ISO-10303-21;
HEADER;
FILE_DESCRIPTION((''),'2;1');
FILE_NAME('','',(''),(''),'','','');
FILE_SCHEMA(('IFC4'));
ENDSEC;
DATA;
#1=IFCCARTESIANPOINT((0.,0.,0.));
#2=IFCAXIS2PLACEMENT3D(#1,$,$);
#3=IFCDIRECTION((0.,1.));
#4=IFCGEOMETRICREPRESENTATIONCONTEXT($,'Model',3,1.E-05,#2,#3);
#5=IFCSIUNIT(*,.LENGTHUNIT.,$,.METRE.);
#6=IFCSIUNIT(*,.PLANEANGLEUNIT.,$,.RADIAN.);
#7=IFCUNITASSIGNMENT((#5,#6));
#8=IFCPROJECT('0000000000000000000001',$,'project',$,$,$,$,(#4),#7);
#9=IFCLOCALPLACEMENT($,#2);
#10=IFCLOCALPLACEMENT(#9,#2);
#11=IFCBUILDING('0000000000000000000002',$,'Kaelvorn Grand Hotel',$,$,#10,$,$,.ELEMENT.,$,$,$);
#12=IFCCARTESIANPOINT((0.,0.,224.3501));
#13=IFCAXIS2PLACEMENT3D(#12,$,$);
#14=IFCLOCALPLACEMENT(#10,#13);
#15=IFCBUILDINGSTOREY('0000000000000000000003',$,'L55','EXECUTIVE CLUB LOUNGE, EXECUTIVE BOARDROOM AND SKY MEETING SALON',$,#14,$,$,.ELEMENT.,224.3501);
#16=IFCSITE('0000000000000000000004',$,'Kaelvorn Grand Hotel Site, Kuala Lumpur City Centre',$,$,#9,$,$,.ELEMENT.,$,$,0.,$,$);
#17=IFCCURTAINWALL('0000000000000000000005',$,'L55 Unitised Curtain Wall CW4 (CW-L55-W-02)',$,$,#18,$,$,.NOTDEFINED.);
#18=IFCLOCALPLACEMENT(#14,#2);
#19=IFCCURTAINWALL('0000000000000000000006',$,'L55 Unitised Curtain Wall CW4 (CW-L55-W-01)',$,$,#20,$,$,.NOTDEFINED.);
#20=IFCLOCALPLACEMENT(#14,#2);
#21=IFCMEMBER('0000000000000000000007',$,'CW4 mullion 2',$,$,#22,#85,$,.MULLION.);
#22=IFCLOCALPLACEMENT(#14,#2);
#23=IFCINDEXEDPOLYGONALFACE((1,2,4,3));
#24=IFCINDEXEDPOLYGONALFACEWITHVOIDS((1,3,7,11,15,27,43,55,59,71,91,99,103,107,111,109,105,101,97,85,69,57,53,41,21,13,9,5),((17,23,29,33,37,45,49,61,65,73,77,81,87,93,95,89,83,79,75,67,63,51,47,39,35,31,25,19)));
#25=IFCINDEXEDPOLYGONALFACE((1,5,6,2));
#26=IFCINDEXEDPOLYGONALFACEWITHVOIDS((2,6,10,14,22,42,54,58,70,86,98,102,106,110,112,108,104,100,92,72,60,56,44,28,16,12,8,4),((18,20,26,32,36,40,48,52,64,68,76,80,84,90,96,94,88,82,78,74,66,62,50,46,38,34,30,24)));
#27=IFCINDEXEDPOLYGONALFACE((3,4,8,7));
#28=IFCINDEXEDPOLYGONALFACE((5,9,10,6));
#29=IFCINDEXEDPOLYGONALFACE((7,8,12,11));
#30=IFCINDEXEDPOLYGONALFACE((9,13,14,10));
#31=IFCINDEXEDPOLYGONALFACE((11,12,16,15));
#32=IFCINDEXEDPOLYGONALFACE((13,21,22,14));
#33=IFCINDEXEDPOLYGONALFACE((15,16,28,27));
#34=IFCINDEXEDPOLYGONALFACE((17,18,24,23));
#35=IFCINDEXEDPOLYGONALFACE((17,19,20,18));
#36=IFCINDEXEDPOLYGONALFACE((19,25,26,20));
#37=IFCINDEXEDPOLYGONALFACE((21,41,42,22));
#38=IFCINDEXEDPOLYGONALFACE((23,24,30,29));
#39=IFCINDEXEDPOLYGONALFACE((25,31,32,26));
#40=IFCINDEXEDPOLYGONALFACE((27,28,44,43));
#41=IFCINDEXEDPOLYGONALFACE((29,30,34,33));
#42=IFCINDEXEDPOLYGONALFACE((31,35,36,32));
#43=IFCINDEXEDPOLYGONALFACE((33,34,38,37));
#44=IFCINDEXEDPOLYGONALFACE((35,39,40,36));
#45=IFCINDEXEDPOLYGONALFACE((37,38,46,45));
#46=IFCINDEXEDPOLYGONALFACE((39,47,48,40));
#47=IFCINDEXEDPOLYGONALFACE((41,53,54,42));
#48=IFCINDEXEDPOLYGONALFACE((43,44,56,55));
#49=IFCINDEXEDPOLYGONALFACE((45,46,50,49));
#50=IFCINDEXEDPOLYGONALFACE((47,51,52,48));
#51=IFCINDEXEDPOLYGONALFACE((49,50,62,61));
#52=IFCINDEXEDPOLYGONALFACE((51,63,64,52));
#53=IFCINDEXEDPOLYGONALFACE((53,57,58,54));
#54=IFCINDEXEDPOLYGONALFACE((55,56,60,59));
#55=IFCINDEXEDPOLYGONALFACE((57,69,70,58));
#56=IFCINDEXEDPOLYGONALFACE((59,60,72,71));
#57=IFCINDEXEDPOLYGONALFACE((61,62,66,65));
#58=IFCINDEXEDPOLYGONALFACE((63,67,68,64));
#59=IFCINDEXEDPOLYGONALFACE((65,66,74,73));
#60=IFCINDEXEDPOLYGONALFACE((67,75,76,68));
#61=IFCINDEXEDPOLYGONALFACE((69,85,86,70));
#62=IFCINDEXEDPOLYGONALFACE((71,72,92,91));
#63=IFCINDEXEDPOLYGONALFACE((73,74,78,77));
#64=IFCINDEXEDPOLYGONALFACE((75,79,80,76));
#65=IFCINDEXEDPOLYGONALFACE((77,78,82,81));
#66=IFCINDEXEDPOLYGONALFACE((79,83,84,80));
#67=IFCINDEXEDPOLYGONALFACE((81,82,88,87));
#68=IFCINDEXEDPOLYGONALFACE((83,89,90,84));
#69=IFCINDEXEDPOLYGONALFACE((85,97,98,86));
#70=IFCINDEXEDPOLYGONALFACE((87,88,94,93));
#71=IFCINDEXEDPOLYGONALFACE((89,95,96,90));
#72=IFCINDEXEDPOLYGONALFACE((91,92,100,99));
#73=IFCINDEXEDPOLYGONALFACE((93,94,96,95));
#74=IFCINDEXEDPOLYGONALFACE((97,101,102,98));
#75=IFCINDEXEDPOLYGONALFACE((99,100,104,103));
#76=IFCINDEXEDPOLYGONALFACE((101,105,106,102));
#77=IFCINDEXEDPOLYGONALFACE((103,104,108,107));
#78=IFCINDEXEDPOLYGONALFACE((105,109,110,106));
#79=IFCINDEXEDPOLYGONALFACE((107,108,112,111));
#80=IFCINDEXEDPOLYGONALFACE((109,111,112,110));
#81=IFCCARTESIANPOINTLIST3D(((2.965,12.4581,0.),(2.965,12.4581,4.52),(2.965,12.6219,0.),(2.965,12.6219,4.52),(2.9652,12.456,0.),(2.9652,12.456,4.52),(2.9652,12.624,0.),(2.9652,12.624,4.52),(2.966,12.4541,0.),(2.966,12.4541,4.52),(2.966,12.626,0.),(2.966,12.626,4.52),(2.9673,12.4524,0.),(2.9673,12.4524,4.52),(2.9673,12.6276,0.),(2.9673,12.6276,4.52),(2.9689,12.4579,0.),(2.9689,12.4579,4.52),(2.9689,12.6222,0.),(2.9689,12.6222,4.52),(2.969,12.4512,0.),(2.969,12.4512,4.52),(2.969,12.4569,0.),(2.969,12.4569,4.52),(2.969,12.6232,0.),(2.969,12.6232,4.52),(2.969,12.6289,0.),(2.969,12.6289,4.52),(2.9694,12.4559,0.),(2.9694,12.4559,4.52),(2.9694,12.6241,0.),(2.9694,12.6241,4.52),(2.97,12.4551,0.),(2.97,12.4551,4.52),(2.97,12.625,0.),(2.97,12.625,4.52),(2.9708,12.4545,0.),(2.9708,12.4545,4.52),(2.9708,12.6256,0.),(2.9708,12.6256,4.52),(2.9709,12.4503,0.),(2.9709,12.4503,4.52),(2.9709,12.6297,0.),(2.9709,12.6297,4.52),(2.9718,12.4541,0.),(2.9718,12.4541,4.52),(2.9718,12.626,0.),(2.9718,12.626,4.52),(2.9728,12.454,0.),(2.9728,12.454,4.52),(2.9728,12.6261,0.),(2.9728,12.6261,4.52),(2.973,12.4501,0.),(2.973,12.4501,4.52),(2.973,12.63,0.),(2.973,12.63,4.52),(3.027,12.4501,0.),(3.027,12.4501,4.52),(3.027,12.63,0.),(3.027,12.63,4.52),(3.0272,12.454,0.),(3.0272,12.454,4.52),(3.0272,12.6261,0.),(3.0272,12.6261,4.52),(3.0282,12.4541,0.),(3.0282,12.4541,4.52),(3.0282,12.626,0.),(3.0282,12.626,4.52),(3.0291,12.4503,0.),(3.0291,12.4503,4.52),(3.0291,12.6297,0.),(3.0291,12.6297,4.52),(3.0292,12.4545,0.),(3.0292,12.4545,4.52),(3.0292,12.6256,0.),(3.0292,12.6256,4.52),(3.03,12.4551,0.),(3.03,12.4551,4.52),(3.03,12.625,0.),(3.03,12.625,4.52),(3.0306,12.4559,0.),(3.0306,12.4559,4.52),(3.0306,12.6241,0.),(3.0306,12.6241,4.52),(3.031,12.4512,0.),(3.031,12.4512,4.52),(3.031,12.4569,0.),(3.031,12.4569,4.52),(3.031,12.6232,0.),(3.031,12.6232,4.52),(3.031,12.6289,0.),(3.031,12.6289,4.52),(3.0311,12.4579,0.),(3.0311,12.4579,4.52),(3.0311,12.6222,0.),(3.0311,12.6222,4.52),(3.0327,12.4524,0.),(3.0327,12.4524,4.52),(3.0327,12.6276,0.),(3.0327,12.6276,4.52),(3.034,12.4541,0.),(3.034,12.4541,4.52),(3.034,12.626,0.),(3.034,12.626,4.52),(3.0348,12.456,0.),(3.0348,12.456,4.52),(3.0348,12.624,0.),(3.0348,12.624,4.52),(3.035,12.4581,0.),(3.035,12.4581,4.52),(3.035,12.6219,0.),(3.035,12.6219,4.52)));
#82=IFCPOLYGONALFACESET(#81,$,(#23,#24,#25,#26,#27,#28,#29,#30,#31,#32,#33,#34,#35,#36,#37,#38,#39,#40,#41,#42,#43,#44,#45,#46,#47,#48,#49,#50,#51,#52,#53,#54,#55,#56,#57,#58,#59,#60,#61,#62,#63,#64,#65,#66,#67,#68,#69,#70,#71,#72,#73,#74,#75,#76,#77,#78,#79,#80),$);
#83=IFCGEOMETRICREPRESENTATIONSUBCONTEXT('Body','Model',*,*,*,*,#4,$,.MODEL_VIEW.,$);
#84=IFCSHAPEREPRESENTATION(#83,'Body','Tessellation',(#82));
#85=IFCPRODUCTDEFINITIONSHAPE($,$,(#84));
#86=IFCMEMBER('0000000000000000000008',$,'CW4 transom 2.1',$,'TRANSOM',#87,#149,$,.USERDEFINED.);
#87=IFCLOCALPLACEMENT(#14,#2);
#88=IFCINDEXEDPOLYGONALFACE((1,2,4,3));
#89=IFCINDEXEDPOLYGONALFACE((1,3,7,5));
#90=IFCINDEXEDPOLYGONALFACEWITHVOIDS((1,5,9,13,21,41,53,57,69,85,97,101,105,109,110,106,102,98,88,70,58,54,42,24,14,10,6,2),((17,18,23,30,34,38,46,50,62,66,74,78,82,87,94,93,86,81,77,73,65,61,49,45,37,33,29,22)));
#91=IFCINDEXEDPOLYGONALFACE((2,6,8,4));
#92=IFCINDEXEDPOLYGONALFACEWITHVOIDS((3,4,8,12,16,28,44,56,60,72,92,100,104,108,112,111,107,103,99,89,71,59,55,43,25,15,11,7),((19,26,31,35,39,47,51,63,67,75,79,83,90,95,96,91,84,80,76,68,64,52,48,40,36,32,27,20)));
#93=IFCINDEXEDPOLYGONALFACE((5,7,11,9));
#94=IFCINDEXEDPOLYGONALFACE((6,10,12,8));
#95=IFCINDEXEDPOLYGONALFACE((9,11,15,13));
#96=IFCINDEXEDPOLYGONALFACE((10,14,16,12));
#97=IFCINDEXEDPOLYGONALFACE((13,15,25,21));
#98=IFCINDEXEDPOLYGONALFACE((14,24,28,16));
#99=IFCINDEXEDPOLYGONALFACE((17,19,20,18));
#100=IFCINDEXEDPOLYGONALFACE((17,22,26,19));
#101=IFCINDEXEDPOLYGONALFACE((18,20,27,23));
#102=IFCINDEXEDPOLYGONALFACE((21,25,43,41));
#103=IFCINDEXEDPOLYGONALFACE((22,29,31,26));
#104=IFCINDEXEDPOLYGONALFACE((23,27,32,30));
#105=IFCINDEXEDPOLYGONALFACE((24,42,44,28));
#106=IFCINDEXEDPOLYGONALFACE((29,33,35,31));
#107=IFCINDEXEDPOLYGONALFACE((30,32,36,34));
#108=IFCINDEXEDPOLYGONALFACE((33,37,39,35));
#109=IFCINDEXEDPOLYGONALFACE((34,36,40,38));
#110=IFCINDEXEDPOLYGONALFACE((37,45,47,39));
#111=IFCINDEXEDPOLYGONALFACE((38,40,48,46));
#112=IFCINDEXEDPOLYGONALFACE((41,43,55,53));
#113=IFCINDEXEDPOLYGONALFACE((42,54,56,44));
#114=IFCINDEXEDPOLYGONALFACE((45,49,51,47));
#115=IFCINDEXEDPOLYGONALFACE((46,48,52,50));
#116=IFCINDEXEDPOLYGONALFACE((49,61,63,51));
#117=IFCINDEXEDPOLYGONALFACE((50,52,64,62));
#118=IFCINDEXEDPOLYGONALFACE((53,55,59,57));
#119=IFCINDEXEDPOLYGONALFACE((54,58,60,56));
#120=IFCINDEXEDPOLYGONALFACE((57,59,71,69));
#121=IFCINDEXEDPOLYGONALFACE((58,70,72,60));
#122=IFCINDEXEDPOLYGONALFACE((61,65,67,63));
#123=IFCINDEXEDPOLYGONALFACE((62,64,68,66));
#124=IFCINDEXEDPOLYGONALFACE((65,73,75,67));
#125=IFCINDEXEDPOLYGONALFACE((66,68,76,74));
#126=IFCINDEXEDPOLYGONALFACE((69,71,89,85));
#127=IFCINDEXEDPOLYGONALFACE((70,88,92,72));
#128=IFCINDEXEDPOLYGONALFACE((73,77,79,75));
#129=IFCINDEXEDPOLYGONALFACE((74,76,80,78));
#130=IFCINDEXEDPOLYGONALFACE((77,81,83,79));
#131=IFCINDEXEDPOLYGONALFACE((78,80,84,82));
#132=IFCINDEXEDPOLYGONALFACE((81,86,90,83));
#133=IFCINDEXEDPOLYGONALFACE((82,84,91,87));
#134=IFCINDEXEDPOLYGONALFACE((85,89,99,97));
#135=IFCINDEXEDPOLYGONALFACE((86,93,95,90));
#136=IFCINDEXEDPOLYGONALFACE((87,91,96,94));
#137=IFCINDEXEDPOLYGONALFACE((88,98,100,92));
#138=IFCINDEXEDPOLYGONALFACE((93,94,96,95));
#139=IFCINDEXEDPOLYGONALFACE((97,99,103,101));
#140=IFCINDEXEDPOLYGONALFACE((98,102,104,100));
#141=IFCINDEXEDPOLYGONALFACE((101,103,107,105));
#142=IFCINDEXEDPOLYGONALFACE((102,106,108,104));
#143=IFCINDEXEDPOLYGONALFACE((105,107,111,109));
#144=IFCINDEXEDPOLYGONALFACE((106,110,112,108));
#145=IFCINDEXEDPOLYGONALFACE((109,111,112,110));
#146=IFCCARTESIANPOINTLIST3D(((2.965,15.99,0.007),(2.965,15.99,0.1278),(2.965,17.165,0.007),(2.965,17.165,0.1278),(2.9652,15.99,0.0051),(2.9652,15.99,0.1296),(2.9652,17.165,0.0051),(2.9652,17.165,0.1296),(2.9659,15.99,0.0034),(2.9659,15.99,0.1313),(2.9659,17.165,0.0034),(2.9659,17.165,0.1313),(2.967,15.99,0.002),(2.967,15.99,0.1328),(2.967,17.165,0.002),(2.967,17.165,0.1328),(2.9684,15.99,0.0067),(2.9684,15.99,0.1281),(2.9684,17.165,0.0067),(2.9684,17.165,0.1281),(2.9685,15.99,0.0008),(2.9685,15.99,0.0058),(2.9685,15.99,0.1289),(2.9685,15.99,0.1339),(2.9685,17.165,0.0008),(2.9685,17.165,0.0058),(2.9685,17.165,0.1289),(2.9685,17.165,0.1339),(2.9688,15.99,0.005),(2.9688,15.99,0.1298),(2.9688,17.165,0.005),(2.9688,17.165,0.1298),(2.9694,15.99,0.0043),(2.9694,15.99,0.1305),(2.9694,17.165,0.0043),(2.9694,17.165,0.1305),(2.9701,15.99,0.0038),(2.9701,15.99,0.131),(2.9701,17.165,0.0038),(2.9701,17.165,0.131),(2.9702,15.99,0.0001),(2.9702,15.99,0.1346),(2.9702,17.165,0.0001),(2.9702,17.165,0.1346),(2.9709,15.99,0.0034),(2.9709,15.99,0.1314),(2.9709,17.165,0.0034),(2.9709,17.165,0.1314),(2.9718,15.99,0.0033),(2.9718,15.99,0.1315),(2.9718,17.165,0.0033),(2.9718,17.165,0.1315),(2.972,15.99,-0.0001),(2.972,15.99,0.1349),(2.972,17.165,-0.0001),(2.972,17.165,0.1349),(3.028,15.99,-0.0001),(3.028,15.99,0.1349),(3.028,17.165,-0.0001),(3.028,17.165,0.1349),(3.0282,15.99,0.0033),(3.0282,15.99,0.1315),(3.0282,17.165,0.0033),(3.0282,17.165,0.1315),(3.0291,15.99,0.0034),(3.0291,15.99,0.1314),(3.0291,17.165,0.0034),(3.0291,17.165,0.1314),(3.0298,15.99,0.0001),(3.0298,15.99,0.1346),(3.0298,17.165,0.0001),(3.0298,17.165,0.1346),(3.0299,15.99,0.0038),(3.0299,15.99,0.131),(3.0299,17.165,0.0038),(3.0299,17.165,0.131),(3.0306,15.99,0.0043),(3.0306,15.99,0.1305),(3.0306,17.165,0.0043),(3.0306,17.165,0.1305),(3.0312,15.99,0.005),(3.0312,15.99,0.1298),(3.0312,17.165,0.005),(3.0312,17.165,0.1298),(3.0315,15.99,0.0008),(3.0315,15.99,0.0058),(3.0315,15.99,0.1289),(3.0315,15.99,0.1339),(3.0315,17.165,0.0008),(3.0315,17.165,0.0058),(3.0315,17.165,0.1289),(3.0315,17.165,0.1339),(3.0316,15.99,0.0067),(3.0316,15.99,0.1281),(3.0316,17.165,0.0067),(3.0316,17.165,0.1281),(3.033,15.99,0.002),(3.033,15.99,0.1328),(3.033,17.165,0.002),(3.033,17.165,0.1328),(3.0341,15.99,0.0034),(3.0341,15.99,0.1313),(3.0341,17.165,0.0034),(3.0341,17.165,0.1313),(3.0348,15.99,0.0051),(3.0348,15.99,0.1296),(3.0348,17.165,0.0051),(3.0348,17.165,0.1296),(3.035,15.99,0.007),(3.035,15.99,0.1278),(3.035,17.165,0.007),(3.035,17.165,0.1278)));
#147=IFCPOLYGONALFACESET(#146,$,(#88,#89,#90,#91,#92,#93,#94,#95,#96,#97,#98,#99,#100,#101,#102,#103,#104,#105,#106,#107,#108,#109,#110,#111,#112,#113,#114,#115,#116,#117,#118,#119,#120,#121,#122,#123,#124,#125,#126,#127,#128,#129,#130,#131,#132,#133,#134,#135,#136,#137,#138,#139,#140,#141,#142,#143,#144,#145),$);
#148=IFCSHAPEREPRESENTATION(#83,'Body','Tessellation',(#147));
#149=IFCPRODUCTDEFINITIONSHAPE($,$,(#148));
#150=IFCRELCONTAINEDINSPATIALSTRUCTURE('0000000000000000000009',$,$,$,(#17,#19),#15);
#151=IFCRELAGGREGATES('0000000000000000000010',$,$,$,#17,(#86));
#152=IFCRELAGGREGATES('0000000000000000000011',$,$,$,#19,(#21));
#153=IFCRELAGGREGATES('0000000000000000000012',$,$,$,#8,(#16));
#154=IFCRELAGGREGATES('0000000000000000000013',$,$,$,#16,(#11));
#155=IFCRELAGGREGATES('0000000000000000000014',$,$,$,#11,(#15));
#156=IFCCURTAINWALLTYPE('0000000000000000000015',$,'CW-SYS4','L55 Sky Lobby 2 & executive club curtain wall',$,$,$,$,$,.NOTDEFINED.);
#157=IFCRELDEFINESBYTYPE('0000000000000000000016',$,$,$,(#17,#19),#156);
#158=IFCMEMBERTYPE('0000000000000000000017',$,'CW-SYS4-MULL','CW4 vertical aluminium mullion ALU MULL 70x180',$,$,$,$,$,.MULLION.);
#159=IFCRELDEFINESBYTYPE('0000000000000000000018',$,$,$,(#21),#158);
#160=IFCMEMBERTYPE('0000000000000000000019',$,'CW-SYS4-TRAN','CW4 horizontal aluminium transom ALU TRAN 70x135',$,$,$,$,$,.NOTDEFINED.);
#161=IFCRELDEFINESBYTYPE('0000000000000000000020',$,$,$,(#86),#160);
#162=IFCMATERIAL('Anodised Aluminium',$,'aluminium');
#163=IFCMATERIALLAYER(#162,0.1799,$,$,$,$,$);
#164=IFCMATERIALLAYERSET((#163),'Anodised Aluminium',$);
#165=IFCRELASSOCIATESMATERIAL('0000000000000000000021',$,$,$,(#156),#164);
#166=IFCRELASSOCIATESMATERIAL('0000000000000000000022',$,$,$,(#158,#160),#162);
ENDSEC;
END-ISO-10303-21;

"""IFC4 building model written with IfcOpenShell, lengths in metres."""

from ifc_helpers import new_model, si_unit, direction, frame, origin, origin_2d, place, context, subcontext, project, spatial, hollow_rectangle, extrude, material, layer, layer_set, material_profile, profile_set, type_object, element, aggregate, save


model = new_model("IFC4")

# Units and contexts
model_context = context("Model", 3, precision=1e-05, world=origin(), true_north=direction((0.0, 1.0)))
body_context = subcontext(model_context, "Body", "Model", "MODEL_VIEW")
ifc_project = project(units=[si_unit("LENGTHUNIT", "METRE"), si_unit("PLANEANGLEUNIT", "RADIAN")], contexts=[model_context])

# Site, building, storey
site_placement = place(None, origin())
site = spatial("IfcSite", under=ifc_project, at=site_placement, Name="Kaelvorn Grand Hotel Site, Kuala Lumpur City Centre", CompositionType="ELEMENT", RefElevation=0.0)
building_placement = place(site_placement, origin())
building = spatial("IfcBuilding", under=site, at=building_placement, Name="Kaelvorn Grand Hotel", CompositionType="ELEMENT")
storey_placement = place(building_placement, frame((0.0, 0.0, 224.3501)))
storey = spatial("IfcBuildingStorey", under=building, at=storey_placement, Name="L55", Description="EXECUTIVE CLUB LOUNGE, EXECUTIVE BOARDROOM AND SKY MEETING SALON", CompositionType="ELEMENT", Elevation=224.3501)

# Curtain wall
ifc_material_1 = material(Name="Anodised Aluminium", Category="aluminium")
ifc_layer_1 = layer(ifc_material_1, 0.1799)
ifc_layer_set_1 = layer_set([ifc_layer_1], Name="Anodised Aluminium")
curtain_wall_type = type_object("IfcCurtainWallType", Name="CW-SYS4", Description="L55 Sky Lobby 2 & executive club curtain wall", PredefinedType="NOTDEFINED", material=ifc_layer_set_1)
curtain_wall_1_placement = place(storey_placement, origin())
curtain_wall_1 = element("IfcCurtainWall", 1, at=curtain_wall_1_placement, inside=storey, type_object=curtain_wall_type, Name="L55 Unitised Curtain Wall CW4 (CW-L55-W-02)", PredefinedType="NOTDEFINED")
ifc_material_profile_1 = material_profile(ifc_material_1, hollow_rectangle(XDim=0.0701, YDim=0.1799, WallThickness=0.0039, InnerFilletRadius=0.0039, OuterFilletRadius=0.0081, at=origin_2d()), Name="ALU MULL 70x180")
ifc_profile_set_1 = profile_set([ifc_material_profile_1], Name="Anodised Aluminium")
member_type_1 = type_object("IfcMemberType", Name="CW-SYS4-MULL", Description="CW4 vertical aluminium mullion ALU MULL 70x180", PredefinedType="MULLION", material=ifc_profile_set_1)

# Curtain wall, member
curtain_wall_2_placement = place(storey_placement, origin())
curtain_wall_2 = element("IfcCurtainWall", 2, at=curtain_wall_2_placement, inside=storey, type_object=curtain_wall_type, Name="L55 Unitised Curtain Wall CW4 (CW-L55-W-01)", PredefinedType="NOTDEFINED")
member_1_placement = place(storey_placement, frame((3.0, 12.54, 0.0), z_axis=(0.0, 0.0, 1.0), x_axis=(1.0, 0.0, 0.0)))
member_1 = element("IfcMember", 3, at=member_1_placement, type_object=member_type_1, Name="CW4 mullion 2", PredefinedType="MULLION", context=body_context, shape_type="SweptSolid", body=[
    extrude(hollow_rectangle(XDim=0.0701, YDim=0.1799, WallThickness=0.0039, InnerFilletRadius=0.0039, OuterFilletRadius=0.0081, at=origin_2d()), origin(), (0.0, 0.0, 1.0), 4.52),
])

# Member
ifc_material_profile_2 = material_profile(ifc_material_1, hollow_rectangle(XDim=0.0701, YDim=0.135, WallThickness=0.0034, InnerFilletRadius=0.0034, OuterFilletRadius=0.0071, at=origin_2d()), Name="ALU TRAN 70x135")
ifc_profile_set_2 = profile_set([ifc_material_profile_2], Name="Anodised Aluminium")
member_type_2 = type_object("IfcMemberType", Name="CW-SYS4-TRAN", Description="CW4 horizontal aluminium transom ALU TRAN 70x135", PredefinedType="NOTDEFINED", material=ifc_profile_set_2)
member_2_placement = place(storey_placement, frame((3.0, 17.165, 0.0674), z_axis=(0.0, -1.0, 0.0), x_axis=(1.0, 0.0, 0.0)))
member_2 = element("IfcMember", 4, at=member_2_placement, type_object=member_type_2, Name="CW4 transom 2.1", ObjectType="TRANSOM", PredefinedType="USERDEFINED", context=body_context, shape_type="SweptSolid", body=[
    extrude(hollow_rectangle(XDim=0.0701, YDim=0.135, WallThickness=0.0034, InnerFilletRadius=0.0034, OuterFilletRadius=0.0071, at=origin_2d()), origin(), (0.0, 0.0, 1.0), 1.175),
])

aggregate(curtain_wall_1, [member_2])
aggregate(curtain_wall_2, [member_1])

save(model, "model.ifc")
